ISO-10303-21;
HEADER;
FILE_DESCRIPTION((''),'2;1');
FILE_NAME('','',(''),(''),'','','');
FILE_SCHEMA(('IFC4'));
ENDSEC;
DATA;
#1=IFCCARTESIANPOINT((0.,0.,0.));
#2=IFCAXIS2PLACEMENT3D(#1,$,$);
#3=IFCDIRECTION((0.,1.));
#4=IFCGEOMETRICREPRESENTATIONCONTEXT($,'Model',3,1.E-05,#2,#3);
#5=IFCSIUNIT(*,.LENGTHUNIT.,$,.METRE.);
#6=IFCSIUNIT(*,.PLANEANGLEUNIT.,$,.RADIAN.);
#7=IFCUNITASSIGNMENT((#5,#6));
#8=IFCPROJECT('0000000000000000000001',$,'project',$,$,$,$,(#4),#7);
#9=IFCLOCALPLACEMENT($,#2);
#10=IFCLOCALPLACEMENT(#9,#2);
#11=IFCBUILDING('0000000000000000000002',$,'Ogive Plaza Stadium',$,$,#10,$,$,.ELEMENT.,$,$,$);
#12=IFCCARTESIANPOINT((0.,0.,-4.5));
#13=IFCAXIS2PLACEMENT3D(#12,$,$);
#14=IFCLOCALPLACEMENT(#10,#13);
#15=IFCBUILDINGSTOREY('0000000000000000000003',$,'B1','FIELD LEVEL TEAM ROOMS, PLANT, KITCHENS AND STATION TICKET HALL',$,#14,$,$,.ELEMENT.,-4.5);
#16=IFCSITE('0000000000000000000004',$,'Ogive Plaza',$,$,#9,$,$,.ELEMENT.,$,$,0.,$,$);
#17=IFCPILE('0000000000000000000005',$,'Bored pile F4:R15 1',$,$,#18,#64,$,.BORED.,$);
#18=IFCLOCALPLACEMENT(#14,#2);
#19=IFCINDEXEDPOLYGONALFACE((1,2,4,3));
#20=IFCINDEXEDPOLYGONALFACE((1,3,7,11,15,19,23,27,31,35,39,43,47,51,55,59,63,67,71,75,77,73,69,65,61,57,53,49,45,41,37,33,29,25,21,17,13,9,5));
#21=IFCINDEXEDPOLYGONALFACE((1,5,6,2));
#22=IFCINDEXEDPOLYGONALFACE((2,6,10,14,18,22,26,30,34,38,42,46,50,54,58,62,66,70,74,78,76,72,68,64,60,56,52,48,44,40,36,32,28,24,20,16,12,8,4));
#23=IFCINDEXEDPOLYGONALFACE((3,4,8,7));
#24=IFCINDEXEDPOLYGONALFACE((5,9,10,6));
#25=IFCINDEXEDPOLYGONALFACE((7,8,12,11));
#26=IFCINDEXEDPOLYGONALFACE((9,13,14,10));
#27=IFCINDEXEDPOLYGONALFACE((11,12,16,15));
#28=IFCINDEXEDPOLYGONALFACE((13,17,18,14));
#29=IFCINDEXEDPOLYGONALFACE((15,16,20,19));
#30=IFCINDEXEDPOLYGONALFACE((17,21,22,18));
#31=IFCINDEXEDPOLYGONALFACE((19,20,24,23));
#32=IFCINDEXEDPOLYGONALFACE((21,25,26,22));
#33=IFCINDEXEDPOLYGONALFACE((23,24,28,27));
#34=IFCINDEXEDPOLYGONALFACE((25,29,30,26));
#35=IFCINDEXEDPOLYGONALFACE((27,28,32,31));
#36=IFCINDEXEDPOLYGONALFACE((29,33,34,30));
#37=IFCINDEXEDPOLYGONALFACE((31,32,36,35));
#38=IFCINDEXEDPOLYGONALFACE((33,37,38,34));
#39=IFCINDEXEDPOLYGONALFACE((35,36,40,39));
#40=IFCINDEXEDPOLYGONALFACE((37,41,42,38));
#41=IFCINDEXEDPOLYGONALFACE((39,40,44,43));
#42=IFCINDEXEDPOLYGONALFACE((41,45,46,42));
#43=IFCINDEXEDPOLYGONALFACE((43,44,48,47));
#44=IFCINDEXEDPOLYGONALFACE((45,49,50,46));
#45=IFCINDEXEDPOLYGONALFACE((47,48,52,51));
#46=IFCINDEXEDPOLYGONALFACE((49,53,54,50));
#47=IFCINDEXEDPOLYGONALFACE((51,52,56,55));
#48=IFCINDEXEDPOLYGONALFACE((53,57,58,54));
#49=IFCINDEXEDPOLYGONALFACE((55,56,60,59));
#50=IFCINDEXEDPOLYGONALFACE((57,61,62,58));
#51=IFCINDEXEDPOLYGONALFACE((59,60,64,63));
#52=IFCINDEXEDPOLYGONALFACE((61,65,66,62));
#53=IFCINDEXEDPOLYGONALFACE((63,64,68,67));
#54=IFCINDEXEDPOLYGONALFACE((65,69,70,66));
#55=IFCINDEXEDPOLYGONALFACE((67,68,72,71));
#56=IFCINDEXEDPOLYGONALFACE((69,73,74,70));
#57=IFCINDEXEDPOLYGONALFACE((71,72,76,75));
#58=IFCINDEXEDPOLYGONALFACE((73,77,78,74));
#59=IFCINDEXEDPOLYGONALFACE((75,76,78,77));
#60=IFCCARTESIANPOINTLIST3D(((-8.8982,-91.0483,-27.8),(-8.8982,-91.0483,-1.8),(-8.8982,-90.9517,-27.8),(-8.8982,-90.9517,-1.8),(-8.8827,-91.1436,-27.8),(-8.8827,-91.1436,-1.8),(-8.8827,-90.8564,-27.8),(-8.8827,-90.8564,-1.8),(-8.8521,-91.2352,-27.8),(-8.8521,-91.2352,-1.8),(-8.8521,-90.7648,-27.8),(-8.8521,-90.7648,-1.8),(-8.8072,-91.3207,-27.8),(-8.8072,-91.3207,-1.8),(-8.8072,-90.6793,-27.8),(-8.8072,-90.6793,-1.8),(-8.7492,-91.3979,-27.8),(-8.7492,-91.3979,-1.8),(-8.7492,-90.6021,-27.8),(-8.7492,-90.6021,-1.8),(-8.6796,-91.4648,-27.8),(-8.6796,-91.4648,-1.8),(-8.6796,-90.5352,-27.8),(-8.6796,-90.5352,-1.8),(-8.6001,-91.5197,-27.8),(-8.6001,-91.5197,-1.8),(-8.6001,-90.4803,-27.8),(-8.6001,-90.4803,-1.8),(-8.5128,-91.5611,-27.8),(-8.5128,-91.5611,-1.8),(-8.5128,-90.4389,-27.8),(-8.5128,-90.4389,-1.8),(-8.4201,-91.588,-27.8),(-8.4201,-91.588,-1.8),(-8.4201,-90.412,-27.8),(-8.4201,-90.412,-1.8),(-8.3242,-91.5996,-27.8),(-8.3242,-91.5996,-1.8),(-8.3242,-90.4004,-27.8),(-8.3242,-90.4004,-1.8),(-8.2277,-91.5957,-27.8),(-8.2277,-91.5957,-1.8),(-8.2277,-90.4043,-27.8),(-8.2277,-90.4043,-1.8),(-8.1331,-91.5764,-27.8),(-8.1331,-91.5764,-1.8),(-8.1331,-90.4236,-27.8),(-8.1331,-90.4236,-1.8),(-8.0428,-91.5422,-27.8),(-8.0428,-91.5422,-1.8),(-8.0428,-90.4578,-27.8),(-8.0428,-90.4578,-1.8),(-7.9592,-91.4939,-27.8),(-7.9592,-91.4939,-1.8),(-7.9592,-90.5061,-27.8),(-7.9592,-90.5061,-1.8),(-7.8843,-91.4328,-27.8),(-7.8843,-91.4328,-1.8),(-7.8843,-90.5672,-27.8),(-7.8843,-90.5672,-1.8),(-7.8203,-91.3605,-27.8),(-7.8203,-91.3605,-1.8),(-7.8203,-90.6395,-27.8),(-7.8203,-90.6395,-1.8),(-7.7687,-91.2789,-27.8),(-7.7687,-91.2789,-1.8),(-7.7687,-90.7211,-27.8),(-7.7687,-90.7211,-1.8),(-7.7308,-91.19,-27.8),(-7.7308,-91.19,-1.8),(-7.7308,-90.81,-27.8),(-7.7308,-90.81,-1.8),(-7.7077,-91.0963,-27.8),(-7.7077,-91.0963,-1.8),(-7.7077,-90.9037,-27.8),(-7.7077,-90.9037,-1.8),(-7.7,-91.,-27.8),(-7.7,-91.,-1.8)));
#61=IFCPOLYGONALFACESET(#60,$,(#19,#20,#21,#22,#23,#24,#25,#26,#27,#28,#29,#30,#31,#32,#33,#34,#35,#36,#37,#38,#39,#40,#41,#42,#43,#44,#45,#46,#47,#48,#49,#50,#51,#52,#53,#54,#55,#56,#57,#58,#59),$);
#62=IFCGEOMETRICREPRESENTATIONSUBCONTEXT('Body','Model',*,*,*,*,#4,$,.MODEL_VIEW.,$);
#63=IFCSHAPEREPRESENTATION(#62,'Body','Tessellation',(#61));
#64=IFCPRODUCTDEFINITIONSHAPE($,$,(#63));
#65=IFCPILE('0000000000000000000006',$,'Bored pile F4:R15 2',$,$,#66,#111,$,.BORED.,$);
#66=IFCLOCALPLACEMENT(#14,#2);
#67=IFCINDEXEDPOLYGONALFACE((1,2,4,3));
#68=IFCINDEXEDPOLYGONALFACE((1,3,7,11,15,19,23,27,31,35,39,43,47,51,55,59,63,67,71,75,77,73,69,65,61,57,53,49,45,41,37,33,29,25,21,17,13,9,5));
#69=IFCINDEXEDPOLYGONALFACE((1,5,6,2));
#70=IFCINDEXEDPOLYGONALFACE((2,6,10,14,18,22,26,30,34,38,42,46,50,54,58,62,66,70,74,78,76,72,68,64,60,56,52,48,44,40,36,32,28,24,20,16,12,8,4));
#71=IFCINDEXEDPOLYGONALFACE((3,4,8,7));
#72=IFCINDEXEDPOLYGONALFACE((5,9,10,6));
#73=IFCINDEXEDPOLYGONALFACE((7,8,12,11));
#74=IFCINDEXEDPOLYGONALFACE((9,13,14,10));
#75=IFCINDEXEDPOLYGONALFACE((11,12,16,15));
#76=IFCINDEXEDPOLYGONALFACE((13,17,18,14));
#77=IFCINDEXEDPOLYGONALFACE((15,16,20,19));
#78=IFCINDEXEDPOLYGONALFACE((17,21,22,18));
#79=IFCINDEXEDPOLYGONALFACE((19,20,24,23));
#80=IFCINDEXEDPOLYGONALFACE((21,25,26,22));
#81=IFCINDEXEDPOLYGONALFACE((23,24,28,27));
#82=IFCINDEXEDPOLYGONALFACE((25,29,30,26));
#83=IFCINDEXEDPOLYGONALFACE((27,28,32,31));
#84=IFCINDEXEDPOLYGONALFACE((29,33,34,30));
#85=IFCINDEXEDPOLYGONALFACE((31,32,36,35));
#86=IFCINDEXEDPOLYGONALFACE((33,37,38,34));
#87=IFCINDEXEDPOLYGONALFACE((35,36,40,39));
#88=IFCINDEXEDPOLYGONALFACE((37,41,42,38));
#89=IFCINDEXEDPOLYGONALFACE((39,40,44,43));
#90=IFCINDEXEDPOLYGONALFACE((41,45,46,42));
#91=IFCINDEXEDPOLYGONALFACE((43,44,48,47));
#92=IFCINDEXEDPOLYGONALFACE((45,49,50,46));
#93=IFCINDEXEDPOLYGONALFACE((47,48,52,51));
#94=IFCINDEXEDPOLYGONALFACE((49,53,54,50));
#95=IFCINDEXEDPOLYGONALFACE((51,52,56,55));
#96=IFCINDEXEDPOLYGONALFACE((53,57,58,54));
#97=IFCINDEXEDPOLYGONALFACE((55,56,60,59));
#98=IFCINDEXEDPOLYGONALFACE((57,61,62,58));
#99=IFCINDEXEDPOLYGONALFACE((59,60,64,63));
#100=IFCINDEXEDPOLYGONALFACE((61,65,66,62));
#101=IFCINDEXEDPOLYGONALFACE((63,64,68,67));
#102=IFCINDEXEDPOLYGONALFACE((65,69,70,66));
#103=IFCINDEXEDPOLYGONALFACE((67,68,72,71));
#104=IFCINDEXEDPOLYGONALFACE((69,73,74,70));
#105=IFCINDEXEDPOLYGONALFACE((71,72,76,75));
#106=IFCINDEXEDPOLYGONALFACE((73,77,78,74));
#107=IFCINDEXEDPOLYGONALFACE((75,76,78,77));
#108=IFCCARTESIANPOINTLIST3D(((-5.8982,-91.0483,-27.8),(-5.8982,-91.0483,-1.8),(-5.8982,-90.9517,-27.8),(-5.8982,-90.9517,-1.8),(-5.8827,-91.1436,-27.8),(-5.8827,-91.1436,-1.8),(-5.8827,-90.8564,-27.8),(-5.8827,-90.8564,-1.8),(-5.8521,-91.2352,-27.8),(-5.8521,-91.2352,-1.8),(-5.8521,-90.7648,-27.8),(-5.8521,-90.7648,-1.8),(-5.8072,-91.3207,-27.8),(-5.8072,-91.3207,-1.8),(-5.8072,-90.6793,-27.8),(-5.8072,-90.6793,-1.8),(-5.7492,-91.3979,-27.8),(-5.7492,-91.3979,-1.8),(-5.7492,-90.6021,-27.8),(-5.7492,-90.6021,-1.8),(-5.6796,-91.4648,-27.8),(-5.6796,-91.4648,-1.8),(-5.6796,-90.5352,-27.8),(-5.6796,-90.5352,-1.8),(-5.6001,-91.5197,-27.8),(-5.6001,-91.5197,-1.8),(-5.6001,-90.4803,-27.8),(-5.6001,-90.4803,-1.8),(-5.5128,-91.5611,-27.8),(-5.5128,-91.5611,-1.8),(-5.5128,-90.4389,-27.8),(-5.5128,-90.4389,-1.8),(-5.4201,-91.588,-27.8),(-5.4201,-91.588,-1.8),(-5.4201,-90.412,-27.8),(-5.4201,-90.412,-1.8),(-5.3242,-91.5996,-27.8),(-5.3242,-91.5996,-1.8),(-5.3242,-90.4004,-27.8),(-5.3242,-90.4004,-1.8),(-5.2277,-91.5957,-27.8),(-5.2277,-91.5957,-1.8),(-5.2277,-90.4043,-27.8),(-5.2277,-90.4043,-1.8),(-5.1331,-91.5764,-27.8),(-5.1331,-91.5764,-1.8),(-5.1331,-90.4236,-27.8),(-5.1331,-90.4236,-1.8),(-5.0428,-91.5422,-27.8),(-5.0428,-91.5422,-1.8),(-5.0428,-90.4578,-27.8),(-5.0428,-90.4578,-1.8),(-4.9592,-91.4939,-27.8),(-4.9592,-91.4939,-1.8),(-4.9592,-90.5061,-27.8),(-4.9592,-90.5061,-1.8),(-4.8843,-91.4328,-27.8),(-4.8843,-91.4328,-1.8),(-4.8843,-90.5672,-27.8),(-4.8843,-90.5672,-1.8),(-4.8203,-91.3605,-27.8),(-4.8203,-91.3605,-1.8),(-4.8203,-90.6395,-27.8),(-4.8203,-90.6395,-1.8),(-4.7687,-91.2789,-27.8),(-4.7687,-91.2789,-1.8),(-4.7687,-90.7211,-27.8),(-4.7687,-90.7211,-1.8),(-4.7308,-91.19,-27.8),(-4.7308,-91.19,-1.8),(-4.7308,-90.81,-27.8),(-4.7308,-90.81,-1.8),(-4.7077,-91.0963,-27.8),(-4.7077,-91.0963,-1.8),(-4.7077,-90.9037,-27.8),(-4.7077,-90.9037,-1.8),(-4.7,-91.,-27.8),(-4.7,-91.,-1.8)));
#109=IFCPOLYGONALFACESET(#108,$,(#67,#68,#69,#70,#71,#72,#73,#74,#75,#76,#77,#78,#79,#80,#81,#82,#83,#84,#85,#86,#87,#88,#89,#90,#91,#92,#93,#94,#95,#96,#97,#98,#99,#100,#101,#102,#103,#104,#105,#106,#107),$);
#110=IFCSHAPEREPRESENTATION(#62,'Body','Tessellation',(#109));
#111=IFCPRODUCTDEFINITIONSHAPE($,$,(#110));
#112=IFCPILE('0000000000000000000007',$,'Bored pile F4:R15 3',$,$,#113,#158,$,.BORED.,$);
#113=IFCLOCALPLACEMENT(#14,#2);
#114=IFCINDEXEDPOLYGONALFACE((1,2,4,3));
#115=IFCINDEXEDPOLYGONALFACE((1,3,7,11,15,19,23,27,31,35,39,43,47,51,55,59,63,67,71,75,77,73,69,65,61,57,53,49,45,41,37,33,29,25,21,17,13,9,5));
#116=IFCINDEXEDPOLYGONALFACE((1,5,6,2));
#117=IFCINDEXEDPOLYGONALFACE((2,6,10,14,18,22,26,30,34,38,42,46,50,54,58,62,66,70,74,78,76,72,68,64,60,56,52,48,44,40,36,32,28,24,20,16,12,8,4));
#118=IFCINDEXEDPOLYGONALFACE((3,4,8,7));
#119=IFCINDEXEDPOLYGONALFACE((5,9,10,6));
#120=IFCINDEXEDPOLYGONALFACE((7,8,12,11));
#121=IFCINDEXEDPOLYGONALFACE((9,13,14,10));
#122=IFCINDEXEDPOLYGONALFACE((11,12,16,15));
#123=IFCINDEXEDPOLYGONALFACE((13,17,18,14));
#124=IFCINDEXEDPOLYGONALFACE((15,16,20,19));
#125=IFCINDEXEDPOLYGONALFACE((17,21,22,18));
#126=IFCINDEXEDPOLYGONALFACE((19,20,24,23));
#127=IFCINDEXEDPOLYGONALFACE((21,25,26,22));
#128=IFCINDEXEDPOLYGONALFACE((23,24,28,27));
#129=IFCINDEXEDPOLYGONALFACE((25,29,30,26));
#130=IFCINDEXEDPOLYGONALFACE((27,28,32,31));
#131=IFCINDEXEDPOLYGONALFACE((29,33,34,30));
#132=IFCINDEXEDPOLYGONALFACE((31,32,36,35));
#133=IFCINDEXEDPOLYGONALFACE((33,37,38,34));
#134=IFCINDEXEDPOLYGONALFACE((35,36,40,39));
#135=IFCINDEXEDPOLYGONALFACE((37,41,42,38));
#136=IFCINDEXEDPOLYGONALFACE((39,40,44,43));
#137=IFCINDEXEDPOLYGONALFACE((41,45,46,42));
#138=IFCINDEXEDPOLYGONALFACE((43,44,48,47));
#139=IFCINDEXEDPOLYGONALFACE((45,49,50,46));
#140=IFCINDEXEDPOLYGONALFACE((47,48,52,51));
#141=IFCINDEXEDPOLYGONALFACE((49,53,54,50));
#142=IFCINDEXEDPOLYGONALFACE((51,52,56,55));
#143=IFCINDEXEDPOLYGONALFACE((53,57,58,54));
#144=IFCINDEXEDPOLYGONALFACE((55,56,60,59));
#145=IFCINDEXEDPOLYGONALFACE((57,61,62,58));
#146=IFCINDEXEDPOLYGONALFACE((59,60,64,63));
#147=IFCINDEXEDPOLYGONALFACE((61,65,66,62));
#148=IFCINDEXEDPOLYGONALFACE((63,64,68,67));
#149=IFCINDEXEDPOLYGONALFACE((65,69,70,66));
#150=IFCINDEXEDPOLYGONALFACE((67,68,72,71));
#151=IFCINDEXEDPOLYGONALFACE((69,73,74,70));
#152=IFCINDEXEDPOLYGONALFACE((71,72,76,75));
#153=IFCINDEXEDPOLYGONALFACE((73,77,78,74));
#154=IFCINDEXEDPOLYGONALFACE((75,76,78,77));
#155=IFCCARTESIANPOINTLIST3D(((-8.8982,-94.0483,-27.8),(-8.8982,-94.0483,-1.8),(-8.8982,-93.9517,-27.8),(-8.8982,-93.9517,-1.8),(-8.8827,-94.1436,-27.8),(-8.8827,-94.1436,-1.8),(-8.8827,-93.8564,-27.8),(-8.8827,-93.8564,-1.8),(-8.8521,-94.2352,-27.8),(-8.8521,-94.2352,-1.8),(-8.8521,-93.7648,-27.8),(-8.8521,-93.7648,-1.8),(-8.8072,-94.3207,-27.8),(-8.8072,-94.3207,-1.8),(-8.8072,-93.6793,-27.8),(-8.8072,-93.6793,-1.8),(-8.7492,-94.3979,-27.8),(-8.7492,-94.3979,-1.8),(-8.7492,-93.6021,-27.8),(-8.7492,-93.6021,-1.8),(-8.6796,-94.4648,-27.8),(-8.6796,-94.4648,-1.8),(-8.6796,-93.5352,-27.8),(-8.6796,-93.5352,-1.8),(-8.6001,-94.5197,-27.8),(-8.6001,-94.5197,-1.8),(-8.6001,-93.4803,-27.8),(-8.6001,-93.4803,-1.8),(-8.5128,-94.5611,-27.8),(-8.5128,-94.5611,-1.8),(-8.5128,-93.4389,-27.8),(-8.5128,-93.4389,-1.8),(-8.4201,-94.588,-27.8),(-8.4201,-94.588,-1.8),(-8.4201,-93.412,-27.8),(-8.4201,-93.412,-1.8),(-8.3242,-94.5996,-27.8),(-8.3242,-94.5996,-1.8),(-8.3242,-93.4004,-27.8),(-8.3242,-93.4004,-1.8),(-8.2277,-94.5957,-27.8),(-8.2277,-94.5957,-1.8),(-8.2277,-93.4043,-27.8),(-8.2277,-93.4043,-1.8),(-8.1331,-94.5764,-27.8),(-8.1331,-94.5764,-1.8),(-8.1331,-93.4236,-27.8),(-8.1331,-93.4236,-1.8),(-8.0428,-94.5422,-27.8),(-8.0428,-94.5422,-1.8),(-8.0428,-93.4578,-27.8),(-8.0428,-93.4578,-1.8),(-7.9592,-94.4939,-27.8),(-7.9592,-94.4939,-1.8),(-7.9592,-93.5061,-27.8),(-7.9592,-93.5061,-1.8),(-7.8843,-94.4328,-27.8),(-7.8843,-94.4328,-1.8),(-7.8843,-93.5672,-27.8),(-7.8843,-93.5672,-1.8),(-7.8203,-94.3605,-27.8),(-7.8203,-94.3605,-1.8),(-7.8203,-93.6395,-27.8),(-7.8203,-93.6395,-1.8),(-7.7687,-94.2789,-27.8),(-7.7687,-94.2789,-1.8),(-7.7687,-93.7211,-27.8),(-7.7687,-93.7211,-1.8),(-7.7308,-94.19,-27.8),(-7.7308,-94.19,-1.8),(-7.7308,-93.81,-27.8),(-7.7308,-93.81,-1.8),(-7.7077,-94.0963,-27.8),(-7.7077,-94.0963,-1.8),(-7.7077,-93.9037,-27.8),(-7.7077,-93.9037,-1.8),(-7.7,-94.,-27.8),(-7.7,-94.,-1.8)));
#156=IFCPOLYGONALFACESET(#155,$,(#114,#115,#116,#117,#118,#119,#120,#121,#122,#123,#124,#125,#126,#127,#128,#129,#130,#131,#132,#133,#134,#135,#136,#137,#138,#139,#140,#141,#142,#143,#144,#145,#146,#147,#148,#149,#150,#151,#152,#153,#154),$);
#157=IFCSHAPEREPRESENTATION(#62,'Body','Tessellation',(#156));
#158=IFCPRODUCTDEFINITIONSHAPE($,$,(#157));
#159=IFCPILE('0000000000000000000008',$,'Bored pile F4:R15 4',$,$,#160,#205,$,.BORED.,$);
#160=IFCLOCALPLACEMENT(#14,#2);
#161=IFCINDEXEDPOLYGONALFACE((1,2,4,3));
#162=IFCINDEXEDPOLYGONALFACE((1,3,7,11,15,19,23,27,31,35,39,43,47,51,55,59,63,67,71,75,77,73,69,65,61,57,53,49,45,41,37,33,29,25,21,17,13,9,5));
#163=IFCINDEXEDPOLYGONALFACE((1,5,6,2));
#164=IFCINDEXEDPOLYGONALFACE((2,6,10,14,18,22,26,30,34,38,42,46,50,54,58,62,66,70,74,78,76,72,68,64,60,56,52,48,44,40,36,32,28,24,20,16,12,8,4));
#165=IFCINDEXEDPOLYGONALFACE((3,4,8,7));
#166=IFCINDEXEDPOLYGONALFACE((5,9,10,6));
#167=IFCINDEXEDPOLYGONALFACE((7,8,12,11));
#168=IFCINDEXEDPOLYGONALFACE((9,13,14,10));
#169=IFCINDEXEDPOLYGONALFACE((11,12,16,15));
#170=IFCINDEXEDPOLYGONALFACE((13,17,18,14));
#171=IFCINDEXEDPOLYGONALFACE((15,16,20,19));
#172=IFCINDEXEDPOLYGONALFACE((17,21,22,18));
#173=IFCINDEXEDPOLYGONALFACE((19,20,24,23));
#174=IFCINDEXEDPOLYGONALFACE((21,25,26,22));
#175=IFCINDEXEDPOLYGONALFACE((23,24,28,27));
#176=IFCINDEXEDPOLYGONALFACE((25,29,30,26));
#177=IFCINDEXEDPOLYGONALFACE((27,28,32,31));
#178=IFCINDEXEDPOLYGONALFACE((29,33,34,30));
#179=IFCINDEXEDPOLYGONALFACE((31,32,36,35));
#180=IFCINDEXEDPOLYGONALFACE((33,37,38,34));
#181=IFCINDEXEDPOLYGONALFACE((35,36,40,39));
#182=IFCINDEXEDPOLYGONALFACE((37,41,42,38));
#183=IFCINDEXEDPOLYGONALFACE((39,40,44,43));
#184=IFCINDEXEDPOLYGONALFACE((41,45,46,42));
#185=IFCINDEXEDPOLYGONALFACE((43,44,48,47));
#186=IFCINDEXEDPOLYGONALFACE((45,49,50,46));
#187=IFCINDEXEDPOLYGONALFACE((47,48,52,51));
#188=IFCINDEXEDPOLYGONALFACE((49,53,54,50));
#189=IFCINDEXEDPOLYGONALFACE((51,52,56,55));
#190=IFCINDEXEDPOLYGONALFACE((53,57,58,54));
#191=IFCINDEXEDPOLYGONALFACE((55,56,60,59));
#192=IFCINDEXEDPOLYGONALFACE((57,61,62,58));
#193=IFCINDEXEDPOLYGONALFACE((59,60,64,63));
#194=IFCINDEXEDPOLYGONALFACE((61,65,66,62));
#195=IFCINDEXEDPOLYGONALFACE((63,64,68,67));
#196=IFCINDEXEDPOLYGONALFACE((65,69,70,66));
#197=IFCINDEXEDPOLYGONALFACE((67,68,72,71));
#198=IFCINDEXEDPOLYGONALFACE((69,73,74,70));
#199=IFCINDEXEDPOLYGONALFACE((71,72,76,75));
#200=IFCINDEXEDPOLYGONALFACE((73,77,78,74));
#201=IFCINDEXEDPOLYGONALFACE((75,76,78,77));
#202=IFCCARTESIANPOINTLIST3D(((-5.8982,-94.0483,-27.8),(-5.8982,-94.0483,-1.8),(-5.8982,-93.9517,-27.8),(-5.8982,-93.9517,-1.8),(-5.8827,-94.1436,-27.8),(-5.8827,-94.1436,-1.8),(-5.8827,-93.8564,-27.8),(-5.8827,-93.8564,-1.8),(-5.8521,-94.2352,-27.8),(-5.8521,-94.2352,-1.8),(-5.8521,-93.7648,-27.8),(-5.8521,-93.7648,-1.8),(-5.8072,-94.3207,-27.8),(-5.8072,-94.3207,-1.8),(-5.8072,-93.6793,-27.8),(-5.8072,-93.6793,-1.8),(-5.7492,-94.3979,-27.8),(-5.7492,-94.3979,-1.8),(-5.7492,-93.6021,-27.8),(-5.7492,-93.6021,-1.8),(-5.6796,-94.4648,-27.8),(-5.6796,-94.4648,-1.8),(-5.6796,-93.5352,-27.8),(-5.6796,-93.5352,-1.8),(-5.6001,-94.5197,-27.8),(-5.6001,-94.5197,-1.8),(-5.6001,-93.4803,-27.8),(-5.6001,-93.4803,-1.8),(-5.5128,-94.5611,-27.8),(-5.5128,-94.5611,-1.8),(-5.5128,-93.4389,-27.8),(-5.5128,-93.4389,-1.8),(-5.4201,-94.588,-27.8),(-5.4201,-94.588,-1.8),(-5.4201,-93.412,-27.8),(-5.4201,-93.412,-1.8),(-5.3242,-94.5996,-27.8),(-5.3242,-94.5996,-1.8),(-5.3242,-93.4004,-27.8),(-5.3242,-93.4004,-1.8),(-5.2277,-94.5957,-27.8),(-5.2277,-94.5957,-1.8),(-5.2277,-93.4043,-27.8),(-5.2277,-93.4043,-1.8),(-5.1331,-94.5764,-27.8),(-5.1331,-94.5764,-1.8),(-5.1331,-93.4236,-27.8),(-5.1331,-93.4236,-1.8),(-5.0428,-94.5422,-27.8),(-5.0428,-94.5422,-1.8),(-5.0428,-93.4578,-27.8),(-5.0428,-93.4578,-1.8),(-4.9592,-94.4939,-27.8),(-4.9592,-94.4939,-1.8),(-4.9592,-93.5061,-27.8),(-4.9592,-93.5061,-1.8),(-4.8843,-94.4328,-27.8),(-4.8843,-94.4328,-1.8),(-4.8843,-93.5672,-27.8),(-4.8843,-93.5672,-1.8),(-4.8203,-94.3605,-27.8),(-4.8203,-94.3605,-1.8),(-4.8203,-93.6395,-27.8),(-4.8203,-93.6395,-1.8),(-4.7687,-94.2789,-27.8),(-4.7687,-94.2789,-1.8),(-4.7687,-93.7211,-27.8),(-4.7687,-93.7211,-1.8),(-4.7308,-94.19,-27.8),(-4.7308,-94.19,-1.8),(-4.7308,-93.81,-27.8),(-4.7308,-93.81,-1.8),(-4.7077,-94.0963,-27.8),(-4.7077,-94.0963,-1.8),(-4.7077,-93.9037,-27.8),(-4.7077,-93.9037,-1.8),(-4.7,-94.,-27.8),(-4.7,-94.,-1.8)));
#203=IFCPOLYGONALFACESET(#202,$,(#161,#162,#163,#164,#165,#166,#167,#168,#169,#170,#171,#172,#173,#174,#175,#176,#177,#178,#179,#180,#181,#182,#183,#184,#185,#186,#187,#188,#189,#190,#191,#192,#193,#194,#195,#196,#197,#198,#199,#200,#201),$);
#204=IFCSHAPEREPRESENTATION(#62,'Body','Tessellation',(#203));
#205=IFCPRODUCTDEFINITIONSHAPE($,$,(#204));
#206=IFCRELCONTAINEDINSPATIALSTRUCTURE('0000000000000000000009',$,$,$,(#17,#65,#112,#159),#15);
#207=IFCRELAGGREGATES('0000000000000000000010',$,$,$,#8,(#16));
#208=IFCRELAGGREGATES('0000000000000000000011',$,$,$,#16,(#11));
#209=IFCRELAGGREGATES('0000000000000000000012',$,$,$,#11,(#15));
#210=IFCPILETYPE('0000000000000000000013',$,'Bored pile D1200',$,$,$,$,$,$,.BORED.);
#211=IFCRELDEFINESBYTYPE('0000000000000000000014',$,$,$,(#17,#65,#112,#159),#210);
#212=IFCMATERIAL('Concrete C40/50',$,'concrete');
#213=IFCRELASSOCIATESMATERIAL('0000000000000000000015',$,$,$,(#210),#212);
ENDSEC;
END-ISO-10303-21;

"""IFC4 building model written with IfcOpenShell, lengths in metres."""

from ifc_helpers import new_model, si_unit, direction, frame, origin, origin_2d, place, context, subcontext, project, spatial, circle, extrude, material, material_profile, profile_set, type_object, element, save


model = new_model("IFC4")

# Units and contexts
model_context = context("Model", 3, precision=1e-05, world=origin(), true_north=direction((0.0, 1.0)))
body_context = subcontext(model_context, "Body", "Model", "MODEL_VIEW")
ifc_project = project(units=[si_unit("LENGTHUNIT", "METRE"), si_unit("PLANEANGLEUNIT", "RADIAN")], contexts=[model_context])

# Site, building, storey
site_placement = place(None, origin())
site = spatial("IfcSite", under=ifc_project, at=site_placement, Name="Ogive Plaza", CompositionType="ELEMENT", RefElevation=0.0)
building_placement = place(site_placement, origin())
building = spatial("IfcBuilding", under=site, at=building_placement, Name="Ogive Plaza Stadium", CompositionType="ELEMENT")
storey_placement = place(building_placement, frame((0.0, 0.0, -4.5)))
storey = spatial("IfcBuildingStorey", under=building, at=storey_placement, Name="B1", Description="FIELD LEVEL TEAM ROOMS, PLANT, KITCHENS AND STATION TICKET HALL", CompositionType="ELEMENT", Elevation=-4.5)

# Piles
ifc_material_1 = material(Name="Concrete C40/50", Category="concrete")
ifc_material_profile_1 = material_profile(ifc_material_1, circle(Radius=0.6001, at=origin_2d()), Name="RC D1200")
ifc_profile_set_1 = profile_set([ifc_material_profile_1], Name="Concrete C40/50")
pile_type_1 = type_object("IfcPileType", Name="Bored pile D1200", PredefinedType="BORED", material=ifc_profile_set_1)
for number, where, z_axis, x_axis, name in (
    (1, (-8.3, -91.0, -1.8), (0.0, 0.0, -1.0), (1.0, 0.0, 0.0), "Bored pile F4:R15 1"),
    (2, (-5.3, -91.0, -1.8), (0.0, 0.0, -1.0), (1.0, 0.0, 0.0), "Bored pile F4:R15 2"),
    (3, (-8.3, -94.0, -1.8), (0.0, 0.0, -1.0), (1.0, 0.0, 0.0), "Bored pile F4:R15 3"),
    (4, (-5.3, -94.0, -1.8), (0.0, 0.0, -1.0), (1.0, 0.0, 0.0), "Bored pile F4:R15 4"),
):
    element("IfcPile", number, at=place(storey_placement, frame(where, z_axis=z_axis, x_axis=x_axis)), inside=storey, type_object=pile_type_1, Name=name, PredefinedType="BORED", context=body_context, shape_type="SweptSolid", body=[
        extrude(circle(Radius=0.6001, at=origin_2d()), origin(), (0.0, 0.0, 1.0), 26.0),
    ])

save(model, "model.ifc")
